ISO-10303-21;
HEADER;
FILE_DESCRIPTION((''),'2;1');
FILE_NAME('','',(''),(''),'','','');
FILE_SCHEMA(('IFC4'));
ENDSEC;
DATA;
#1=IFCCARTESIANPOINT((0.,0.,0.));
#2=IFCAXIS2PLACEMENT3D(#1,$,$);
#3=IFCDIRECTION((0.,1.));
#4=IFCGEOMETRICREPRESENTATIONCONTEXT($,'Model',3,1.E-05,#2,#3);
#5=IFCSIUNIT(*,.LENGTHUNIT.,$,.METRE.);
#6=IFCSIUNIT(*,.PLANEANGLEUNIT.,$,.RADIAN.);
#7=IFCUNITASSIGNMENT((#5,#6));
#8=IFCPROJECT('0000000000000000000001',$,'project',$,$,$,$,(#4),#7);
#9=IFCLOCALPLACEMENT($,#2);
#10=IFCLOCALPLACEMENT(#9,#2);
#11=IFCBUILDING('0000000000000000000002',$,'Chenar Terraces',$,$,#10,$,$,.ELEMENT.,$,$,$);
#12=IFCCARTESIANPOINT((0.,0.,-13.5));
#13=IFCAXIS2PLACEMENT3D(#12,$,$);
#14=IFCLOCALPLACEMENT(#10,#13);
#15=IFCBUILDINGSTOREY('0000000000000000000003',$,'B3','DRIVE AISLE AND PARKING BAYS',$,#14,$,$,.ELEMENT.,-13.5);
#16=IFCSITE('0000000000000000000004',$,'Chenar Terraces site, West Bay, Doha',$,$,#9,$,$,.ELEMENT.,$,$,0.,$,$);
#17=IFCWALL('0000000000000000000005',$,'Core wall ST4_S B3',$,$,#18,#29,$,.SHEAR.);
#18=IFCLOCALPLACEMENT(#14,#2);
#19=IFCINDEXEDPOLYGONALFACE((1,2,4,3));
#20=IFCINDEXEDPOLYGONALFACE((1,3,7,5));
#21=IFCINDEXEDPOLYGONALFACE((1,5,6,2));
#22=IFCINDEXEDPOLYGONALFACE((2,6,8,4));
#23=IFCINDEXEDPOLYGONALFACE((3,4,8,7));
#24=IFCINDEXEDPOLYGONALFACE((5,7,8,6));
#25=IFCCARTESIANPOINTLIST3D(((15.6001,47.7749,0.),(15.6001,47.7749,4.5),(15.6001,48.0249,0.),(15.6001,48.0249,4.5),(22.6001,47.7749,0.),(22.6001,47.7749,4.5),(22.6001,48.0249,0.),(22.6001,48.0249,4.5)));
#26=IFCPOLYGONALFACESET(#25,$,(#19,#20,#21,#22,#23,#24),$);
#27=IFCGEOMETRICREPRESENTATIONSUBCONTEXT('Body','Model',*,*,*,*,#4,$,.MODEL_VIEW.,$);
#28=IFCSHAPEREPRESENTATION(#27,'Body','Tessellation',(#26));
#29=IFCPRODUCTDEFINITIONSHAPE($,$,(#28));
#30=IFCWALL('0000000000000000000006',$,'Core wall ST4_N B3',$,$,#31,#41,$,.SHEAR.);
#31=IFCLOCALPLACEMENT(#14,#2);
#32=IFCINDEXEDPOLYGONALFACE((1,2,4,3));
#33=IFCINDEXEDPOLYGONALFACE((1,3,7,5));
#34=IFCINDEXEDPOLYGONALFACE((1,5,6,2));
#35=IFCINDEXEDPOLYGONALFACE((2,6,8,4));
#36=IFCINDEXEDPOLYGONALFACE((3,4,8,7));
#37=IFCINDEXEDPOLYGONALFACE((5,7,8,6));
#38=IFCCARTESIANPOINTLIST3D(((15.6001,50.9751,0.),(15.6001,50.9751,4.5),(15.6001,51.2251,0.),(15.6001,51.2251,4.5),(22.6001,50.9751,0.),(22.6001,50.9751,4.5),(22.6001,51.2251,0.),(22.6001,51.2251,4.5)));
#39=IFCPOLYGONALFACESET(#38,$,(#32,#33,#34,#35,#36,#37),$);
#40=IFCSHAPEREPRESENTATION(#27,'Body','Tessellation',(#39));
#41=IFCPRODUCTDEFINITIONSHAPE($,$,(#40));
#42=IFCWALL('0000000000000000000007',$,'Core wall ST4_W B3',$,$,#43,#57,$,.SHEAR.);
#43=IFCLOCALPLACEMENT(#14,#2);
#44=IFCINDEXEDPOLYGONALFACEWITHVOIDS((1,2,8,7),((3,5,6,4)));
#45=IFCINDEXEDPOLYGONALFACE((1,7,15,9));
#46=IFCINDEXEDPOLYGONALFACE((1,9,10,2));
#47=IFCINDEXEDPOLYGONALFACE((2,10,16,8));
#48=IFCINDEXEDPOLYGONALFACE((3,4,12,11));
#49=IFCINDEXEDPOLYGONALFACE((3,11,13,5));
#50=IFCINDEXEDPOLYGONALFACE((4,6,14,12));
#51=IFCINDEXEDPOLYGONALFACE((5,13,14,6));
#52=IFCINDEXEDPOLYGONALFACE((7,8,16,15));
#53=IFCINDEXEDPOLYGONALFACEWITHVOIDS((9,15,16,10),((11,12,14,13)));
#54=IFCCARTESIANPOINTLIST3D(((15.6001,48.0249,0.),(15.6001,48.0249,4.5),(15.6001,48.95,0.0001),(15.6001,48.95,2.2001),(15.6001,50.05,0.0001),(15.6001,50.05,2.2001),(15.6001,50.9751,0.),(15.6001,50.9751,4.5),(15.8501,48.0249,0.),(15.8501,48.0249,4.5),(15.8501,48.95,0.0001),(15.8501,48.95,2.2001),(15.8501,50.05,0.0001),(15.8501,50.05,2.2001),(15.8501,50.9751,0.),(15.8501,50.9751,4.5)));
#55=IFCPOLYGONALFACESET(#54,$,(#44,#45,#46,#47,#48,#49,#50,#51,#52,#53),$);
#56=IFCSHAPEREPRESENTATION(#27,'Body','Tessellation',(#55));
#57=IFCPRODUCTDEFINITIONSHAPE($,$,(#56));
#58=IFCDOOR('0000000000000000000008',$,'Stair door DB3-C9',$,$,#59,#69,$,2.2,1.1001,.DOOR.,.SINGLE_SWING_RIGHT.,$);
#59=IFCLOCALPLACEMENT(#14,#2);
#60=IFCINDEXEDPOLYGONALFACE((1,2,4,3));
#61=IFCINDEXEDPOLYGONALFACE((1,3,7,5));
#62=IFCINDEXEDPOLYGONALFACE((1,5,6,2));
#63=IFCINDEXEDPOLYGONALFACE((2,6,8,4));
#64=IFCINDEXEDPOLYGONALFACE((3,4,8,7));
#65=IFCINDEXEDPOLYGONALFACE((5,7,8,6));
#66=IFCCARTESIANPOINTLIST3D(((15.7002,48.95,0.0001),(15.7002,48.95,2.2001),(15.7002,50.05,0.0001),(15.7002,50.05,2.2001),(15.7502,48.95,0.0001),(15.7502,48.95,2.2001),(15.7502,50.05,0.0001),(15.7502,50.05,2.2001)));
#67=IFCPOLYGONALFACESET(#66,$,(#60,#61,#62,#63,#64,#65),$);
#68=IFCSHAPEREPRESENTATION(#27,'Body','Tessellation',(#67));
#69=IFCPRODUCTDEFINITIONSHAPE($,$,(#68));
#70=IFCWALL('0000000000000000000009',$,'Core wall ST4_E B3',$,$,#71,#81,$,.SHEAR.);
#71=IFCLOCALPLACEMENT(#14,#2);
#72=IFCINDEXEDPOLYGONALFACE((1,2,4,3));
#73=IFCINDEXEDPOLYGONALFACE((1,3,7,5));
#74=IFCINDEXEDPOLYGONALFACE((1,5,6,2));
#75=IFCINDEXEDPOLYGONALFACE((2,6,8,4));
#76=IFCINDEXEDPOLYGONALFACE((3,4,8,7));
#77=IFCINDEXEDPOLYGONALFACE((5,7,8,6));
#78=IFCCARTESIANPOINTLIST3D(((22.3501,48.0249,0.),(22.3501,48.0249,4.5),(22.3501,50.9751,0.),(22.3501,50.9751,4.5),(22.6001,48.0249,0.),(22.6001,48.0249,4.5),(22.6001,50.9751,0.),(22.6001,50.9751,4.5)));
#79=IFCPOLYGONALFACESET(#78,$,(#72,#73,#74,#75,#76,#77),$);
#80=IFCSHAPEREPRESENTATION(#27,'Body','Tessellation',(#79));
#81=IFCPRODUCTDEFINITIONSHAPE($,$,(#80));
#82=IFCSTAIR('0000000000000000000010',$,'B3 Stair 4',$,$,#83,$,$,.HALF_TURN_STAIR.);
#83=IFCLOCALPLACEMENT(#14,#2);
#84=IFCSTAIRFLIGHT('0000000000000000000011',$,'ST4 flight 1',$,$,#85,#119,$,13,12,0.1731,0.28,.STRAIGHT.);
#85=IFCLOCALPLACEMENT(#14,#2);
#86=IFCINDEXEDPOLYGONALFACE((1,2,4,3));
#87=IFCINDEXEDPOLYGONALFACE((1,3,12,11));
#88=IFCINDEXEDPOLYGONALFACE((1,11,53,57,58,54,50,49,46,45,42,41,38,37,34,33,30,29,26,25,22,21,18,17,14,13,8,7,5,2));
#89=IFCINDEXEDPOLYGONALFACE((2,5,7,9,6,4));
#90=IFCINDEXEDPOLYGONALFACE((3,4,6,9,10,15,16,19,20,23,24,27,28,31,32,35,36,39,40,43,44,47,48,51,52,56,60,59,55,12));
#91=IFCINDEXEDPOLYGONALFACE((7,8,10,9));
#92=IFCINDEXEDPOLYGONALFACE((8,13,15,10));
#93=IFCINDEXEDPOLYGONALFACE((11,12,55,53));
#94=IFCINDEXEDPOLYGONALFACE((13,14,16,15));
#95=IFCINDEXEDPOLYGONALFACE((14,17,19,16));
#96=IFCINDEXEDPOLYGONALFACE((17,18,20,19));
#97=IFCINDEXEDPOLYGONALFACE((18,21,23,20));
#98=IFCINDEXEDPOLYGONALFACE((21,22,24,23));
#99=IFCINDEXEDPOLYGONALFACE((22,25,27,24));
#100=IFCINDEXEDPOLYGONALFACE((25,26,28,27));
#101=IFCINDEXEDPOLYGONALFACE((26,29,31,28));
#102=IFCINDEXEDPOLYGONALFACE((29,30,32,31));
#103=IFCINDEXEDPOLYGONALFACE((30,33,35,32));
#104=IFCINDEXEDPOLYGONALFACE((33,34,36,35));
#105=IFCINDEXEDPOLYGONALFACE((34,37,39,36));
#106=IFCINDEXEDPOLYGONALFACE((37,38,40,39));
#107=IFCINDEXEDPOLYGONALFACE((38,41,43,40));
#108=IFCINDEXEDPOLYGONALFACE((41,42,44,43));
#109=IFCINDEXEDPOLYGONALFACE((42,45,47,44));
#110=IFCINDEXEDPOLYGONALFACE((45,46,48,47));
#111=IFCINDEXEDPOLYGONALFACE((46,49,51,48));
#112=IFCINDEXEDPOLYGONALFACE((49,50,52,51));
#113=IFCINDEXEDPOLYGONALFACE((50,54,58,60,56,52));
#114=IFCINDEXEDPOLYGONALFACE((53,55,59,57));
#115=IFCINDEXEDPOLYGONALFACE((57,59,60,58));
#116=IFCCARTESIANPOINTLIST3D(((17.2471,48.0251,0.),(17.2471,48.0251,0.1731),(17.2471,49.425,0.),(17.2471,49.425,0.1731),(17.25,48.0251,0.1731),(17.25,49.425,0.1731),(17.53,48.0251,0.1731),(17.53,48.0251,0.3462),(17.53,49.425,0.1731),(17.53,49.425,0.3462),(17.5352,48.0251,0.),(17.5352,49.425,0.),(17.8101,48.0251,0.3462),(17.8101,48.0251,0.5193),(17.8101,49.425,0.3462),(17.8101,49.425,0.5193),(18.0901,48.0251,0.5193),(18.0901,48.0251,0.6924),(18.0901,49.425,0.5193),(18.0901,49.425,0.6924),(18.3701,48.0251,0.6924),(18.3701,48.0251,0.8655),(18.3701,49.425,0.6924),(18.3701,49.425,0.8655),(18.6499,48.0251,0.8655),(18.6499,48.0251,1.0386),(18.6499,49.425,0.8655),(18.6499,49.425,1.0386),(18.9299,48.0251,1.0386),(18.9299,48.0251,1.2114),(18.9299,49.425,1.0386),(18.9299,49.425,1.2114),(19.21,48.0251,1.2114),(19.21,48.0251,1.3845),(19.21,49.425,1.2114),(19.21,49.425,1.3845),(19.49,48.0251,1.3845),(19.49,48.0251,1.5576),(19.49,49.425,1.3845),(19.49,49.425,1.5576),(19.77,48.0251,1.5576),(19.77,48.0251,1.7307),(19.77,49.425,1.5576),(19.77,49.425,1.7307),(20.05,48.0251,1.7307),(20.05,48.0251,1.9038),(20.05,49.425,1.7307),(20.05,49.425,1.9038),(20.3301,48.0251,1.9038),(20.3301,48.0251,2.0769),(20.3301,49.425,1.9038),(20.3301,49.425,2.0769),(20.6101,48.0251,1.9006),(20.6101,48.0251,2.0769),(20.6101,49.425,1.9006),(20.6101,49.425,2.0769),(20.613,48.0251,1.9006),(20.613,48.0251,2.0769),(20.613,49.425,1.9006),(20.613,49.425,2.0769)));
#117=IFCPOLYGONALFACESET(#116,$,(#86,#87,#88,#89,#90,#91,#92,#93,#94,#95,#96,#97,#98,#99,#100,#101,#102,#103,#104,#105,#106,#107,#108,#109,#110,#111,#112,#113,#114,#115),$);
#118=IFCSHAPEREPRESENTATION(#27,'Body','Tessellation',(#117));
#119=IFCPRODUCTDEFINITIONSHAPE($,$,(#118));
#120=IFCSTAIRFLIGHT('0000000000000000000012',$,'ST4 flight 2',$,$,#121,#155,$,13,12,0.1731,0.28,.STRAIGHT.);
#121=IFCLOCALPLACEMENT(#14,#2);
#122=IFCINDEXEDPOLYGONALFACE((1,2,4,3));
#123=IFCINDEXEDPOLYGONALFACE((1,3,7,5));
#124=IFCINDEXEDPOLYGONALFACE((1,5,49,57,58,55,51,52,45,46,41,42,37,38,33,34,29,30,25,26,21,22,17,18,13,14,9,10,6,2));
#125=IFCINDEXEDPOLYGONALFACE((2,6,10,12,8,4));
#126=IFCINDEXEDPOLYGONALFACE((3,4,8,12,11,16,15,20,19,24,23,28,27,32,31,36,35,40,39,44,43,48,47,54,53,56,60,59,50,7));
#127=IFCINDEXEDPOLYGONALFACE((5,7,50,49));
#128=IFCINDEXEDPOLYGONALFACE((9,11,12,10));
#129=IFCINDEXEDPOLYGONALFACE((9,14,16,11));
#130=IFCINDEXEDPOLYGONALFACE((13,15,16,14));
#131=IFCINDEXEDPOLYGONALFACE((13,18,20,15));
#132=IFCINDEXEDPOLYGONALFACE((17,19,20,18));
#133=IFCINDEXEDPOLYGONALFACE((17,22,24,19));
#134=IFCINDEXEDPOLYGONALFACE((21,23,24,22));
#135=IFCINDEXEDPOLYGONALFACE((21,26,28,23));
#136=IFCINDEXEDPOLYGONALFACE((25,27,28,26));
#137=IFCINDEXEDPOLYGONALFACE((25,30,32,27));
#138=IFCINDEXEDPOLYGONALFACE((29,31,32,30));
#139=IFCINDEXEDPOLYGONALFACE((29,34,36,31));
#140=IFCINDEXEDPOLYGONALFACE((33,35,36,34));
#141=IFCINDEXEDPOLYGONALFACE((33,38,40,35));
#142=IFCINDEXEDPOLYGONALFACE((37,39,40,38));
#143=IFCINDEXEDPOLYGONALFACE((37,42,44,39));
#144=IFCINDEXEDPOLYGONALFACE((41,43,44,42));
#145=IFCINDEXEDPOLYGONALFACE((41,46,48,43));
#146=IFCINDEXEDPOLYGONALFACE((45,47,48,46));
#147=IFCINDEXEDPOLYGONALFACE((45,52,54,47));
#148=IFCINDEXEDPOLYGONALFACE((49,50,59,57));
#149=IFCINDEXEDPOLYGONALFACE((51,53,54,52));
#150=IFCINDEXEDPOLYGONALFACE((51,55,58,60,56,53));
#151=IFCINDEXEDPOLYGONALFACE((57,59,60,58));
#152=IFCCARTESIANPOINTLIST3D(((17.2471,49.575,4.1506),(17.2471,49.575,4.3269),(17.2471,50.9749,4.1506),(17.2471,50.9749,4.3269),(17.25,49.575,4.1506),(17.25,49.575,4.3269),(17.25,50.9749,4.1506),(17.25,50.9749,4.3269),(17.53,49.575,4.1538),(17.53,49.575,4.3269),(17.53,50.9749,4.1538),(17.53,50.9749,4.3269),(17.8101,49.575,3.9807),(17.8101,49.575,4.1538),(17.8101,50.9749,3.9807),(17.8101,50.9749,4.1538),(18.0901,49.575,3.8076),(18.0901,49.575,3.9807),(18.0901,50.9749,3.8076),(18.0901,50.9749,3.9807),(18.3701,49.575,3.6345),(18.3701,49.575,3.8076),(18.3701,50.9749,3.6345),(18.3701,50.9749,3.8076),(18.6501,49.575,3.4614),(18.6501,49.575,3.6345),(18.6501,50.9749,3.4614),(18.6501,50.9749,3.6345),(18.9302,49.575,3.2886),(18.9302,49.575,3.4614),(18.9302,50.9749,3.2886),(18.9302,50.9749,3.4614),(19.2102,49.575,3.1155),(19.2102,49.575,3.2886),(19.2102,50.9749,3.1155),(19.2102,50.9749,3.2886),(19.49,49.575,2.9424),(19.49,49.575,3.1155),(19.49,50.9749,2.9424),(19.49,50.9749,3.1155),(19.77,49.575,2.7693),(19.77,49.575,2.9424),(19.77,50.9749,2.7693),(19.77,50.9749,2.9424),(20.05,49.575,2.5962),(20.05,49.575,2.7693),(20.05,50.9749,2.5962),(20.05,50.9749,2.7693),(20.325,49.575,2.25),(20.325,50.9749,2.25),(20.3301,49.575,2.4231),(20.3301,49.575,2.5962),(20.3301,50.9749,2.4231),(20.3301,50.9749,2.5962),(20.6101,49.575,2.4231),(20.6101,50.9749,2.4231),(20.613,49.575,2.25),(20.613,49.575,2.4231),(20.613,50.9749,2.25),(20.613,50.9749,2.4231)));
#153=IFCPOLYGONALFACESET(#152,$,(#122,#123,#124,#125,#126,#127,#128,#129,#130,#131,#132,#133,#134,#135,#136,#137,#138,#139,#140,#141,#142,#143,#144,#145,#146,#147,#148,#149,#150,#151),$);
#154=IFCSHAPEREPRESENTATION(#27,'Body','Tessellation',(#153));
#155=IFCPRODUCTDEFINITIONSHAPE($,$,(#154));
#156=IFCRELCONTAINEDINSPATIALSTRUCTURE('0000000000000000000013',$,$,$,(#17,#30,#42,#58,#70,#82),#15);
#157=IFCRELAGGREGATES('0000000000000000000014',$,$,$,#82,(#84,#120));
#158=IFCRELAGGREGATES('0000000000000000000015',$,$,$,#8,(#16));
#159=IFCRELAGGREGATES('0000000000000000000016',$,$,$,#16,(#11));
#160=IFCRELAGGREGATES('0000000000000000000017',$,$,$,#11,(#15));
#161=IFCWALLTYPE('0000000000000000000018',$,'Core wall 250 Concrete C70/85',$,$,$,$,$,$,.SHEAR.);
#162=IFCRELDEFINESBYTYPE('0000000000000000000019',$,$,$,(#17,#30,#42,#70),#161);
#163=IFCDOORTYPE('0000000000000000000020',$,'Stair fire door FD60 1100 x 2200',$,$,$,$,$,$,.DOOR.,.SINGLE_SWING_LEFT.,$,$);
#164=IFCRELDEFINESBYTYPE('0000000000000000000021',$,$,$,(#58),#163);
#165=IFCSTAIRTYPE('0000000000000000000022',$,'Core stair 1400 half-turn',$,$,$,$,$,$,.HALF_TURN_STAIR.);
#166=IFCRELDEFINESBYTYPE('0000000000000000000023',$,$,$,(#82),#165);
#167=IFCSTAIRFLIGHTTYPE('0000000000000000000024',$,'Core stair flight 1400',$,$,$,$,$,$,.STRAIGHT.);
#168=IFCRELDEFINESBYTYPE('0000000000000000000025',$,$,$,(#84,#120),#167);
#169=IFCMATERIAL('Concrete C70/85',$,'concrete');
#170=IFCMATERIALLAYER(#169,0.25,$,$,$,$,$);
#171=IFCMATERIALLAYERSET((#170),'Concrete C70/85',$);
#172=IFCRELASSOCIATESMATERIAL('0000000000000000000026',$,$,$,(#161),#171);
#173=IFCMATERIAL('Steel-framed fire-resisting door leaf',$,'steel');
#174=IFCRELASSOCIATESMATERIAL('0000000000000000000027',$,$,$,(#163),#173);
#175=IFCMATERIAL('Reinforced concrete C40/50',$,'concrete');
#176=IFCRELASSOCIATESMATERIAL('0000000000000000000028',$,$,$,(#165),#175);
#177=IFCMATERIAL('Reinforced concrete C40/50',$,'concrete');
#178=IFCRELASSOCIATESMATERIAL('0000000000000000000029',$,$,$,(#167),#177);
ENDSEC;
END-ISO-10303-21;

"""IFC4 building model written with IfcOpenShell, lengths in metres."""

from ifc_helpers import new_model, si_unit, direction, frame, frame_2d, origin, place, context, subcontext, project, spatial, polyline, rectangle, outline, extrude, material, layer, layer_set, type_object, element, fill, aggregate, save


model = new_model("IFC4")

# Units and contexts
model_context = context("Model", 3, precision=1e-05, world=origin(), true_north=direction((0.0, 1.0)))
body_context = subcontext(model_context, "Body", "Model", "MODEL_VIEW")
ifc_project = project(units=[si_unit("LENGTHUNIT", "METRE"), si_unit("PLANEANGLEUNIT", "RADIAN")], contexts=[model_context])

# Site, building, storey
site_placement = place(None, origin())
site = spatial("IfcSite", under=ifc_project, at=site_placement, Name="Chenar Terraces site, West Bay, Doha", CompositionType="ELEMENT", RefElevation=0.0)
building_placement = place(site_placement, origin())
building = spatial("IfcBuilding", under=site, at=building_placement, Name="Chenar Terraces", CompositionType="ELEMENT")
storey_placement = place(building_placement, frame((0.0, 0.0, -13.5)))
storey = spatial("IfcBuildingStorey", under=building, at=storey_placement, Name="B3", Description="DRIVE AISLE AND PARKING BAYS", CompositionType="ELEMENT", Elevation=-13.5)

# Walls
ifc_material_1 = material(Name="Concrete C70/85", Category="concrete")
ifc_layer = layer(ifc_material_1, 0.25)
ifc_layer_set = layer_set([ifc_layer], Name="Concrete C70/85")
wall_type = type_object("IfcWallType", Name="Core wall 250 Concrete C70/85", PredefinedType="SHEAR", material=ifc_layer_set)
for number, where, z_axis, x_axis, name in (
    (1, (15.6001, 47.8999, 0.0), (0.0, 0.0, 1.0), (1.0, 0.0, 0.0), "Core wall ST4_S B3"),
    (2, (15.6001, 51.1001, 0.0), (0.0, 0.0, 1.0), (1.0, 0.0, 0.0), "Core wall ST4_N B3"),
):
    element("IfcWall", number, at=place(storey_placement, frame(where, z_axis=z_axis, x_axis=x_axis)), inside=storey, type_object=wall_type, Name=name, PredefinedType="SHEAR", context=body_context, shape_type="SweptSolid", body=[
        extrude(rectangle(XDim=7.0, YDim=0.25, at=frame_2d((3.5, 0.0))), origin(), (0.0, 0.0, 1.0), 4.5),
    ])

# Wall, opening, door
wall_1_placement = place(storey_placement, frame((15.7251, 48.0249, 0.0), z_axis=(0.0, 0.0, 1.0), x_axis=(0.0, 1.0, 0.0)))
wall_1 = element("IfcWall", 3, at=wall_1_placement, inside=storey, type_object=wall_type, Name="Core wall ST4_W B3", PredefinedType="SHEAR", context=body_context, shape_type="SweptSolid", body=[
    extrude(rectangle(XDim=2.9502, YDim=0.25, at=frame_2d((1.4751, 0.0))), origin(), (0.0, 0.0, 1.0), 4.5),
])
opening_placement = place(wall_1_placement, frame((0.925, 0.0, 0.0)))
opening = element("IfcOpeningElement", 4, at=opening_placement, cuts=wall_1, PredefinedType="OPENING", context=body_context, shape_type="SweptSolid", body=[
    extrude(rectangle(XDim=1.1001, YDim=2.2, at=frame_2d((0.55, 1.1001))), frame((0.0, 0.135, 0.0), z_axis=(0.0, -1.0, 0.0), x_axis=(1.0, 0.0, 0.0)), (0.0, 0.0, 1.0), 0.27),
])
ifc_material_2 = material(Name="Steel-framed fire-resisting door leaf", Category="steel")
door_type = type_object("IfcDoorType", Name="Stair fire door FD60 1100 x 2200", OperationType="SINGLE_SWING_LEFT", PredefinedType="DOOR", material=ifc_material_2)
door_placement = place(opening_placement, origin())
door = element("IfcDoor", 5, at=door_placement, inside=storey, type_object=door_type, Name="Stair door DB3-C9", OperationType="SINGLE_SWING_RIGHT", OverallHeight=2.2, OverallWidth=1.1001, PredefinedType="DOOR", context=body_context, shape_type="SweptSolid", body=[
    extrude(rectangle(XDim=1.1001, YDim=2.2, at=frame_2d((0.55, 1.1001))), frame((0.0, 0.0249, 0.0), z_axis=(0.0, -1.0, 0.0), x_axis=(1.0, 0.0, 0.0)), (0.0, 0.0, 1.0), 0.05),
])
fill(opening, door)

# Wall
wall_2_placement = place(storey_placement, frame((22.4751, 48.0249, 0.0), z_axis=(0.0, 0.0, 1.0), x_axis=(0.0, 1.0, 0.0)))
element("IfcWall", 6, at=wall_2_placement, inside=storey, type_object=wall_type, Name="Core wall ST4_E B3", PredefinedType="SHEAR", context=body_context, shape_type="SweptSolid", body=[
    extrude(rectangle(XDim=2.9502, YDim=0.25, at=frame_2d((1.4751, 0.0))), origin(), (0.0, 0.0, 1.0), 4.5),
])

# Stair, stair flights
ifc_material_3 = material(Name="Reinforced concrete C40/50", Category="concrete")
stair_type = type_object("IfcStairType", Name="Core stair 1400 half-turn", PredefinedType="HALF_TURN_STAIR", material=ifc_material_3)
stair_placement = place(storey_placement, origin())
stair = element("IfcStair", 7, at=stair_placement, inside=storey, type_object=stair_type, Name="B3 Stair 4", PredefinedType="HALF_TURN_STAIR")
ifc_material_4 = material(Name="Reinforced concrete C40/50", Category="concrete")
stair_flight_type = type_object("IfcStairFlightType", Name="Core stair flight 1400", PredefinedType="STRAIGHT", material=ifc_material_4)
stair_flight_1_placement = place(storey_placement, frame((17.25, 48.7251, 0.0), z_axis=(0.0, 0.0, 1.0), x_axis=(1.0, 0.0, 0.0)))
stair_flight_1 = element("IfcStairFlight", 8, at=stair_flight_1_placement, type_object=stair_flight_type, Name="ST4 flight 1", NumberOfRisers=13, NumberOfTreads=12, PredefinedType="STRAIGHT", RiserHeight=0.1731, TreadLength=0.28, context=body_context, shape_type="SweptSolid", body=[
    extrude(outline(polyline([(-0.0029, 0.0), (-0.0029, 0.1731), (0.0, 0.1731), (0.28, 0.1731), (0.28, 0.3462), (0.5601, 0.3462), (0.5601, 0.5193), (0.8401, 0.5193), (0.8401, 0.6924), (1.1201, 0.6924), (1.1201, 0.8655), (1.3999, 0.8655), (1.3999, 1.0386), (1.6799, 1.0386), (1.6799, 1.2114), (1.96, 1.2114), (1.96, 1.3845), (2.24, 1.3845), (2.24, 1.5576), (2.52, 1.5576), (2.52, 1.7307), (2.8, 1.7307), (2.8, 1.9038), (3.0801, 1.9038), (3.0801, 2.0769), (3.3601, 2.0769), (3.363, 2.0769), (3.363, 1.9006), (3.3601, 1.9006), (0.2852, 0.0), (-0.0029, 0.0)])), frame((0.0, 0.7, 0.0), z_axis=(0.0, -1.0, 0.0), x_axis=(1.0, 0.0, 0.0)), (0.0, 0.0, 1.0), 1.3999),
])
stair_flight_2_placement = place(storey_placement, frame((20.6101, 50.2749, 2.25), z_axis=(0.0, 0.0, 1.0), x_axis=(-1.0, 0.0, 0.0)))
stair_flight_2 = element("IfcStairFlight", 9, at=stair_flight_2_placement, type_object=stair_flight_type, Name="ST4 flight 2", NumberOfRisers=13, NumberOfTreads=12, PredefinedType="STRAIGHT", RiserHeight=0.1731, TreadLength=0.28, context=body_context, shape_type="SweptSolid", body=[
    extrude(outline(polyline([(-0.0029, 0.0), (-0.0029, 0.1731), (0.0, 0.1731), (0.28, 0.1731), (0.28, 0.3462), (0.5601, 0.3462), (0.5601, 0.5193), (0.8401, 0.5193), (0.8401, 0.6924), (1.1201, 0.6924), (1.1201, 0.8655), (1.3999, 0.8655), (1.3999, 1.0386), (1.6799, 1.0386), (1.6799, 1.2114), (1.96, 1.2114), (1.96, 1.3845), (2.24, 1.3845), (2.24, 1.5576), (2.52, 1.5576), (2.52, 1.7307), (2.8, 1.7307), (2.8, 1.9038), (3.0801, 1.9038), (3.0801, 2.0769), (3.3601, 2.0769), (3.363, 2.0769), (3.363, 1.9006), (3.3601, 1.9006), (0.2852, 0.0), (-0.0029, 0.0)])), frame((0.0, 0.7, 0.0), z_axis=(0.0, -1.0, 0.0), x_axis=(1.0, 0.0, 0.0)), (0.0, 0.0, 1.0), 1.3999),
])
aggregate(stair, [stair_flight_1, stair_flight_2])

save(model, "model.ifc")
